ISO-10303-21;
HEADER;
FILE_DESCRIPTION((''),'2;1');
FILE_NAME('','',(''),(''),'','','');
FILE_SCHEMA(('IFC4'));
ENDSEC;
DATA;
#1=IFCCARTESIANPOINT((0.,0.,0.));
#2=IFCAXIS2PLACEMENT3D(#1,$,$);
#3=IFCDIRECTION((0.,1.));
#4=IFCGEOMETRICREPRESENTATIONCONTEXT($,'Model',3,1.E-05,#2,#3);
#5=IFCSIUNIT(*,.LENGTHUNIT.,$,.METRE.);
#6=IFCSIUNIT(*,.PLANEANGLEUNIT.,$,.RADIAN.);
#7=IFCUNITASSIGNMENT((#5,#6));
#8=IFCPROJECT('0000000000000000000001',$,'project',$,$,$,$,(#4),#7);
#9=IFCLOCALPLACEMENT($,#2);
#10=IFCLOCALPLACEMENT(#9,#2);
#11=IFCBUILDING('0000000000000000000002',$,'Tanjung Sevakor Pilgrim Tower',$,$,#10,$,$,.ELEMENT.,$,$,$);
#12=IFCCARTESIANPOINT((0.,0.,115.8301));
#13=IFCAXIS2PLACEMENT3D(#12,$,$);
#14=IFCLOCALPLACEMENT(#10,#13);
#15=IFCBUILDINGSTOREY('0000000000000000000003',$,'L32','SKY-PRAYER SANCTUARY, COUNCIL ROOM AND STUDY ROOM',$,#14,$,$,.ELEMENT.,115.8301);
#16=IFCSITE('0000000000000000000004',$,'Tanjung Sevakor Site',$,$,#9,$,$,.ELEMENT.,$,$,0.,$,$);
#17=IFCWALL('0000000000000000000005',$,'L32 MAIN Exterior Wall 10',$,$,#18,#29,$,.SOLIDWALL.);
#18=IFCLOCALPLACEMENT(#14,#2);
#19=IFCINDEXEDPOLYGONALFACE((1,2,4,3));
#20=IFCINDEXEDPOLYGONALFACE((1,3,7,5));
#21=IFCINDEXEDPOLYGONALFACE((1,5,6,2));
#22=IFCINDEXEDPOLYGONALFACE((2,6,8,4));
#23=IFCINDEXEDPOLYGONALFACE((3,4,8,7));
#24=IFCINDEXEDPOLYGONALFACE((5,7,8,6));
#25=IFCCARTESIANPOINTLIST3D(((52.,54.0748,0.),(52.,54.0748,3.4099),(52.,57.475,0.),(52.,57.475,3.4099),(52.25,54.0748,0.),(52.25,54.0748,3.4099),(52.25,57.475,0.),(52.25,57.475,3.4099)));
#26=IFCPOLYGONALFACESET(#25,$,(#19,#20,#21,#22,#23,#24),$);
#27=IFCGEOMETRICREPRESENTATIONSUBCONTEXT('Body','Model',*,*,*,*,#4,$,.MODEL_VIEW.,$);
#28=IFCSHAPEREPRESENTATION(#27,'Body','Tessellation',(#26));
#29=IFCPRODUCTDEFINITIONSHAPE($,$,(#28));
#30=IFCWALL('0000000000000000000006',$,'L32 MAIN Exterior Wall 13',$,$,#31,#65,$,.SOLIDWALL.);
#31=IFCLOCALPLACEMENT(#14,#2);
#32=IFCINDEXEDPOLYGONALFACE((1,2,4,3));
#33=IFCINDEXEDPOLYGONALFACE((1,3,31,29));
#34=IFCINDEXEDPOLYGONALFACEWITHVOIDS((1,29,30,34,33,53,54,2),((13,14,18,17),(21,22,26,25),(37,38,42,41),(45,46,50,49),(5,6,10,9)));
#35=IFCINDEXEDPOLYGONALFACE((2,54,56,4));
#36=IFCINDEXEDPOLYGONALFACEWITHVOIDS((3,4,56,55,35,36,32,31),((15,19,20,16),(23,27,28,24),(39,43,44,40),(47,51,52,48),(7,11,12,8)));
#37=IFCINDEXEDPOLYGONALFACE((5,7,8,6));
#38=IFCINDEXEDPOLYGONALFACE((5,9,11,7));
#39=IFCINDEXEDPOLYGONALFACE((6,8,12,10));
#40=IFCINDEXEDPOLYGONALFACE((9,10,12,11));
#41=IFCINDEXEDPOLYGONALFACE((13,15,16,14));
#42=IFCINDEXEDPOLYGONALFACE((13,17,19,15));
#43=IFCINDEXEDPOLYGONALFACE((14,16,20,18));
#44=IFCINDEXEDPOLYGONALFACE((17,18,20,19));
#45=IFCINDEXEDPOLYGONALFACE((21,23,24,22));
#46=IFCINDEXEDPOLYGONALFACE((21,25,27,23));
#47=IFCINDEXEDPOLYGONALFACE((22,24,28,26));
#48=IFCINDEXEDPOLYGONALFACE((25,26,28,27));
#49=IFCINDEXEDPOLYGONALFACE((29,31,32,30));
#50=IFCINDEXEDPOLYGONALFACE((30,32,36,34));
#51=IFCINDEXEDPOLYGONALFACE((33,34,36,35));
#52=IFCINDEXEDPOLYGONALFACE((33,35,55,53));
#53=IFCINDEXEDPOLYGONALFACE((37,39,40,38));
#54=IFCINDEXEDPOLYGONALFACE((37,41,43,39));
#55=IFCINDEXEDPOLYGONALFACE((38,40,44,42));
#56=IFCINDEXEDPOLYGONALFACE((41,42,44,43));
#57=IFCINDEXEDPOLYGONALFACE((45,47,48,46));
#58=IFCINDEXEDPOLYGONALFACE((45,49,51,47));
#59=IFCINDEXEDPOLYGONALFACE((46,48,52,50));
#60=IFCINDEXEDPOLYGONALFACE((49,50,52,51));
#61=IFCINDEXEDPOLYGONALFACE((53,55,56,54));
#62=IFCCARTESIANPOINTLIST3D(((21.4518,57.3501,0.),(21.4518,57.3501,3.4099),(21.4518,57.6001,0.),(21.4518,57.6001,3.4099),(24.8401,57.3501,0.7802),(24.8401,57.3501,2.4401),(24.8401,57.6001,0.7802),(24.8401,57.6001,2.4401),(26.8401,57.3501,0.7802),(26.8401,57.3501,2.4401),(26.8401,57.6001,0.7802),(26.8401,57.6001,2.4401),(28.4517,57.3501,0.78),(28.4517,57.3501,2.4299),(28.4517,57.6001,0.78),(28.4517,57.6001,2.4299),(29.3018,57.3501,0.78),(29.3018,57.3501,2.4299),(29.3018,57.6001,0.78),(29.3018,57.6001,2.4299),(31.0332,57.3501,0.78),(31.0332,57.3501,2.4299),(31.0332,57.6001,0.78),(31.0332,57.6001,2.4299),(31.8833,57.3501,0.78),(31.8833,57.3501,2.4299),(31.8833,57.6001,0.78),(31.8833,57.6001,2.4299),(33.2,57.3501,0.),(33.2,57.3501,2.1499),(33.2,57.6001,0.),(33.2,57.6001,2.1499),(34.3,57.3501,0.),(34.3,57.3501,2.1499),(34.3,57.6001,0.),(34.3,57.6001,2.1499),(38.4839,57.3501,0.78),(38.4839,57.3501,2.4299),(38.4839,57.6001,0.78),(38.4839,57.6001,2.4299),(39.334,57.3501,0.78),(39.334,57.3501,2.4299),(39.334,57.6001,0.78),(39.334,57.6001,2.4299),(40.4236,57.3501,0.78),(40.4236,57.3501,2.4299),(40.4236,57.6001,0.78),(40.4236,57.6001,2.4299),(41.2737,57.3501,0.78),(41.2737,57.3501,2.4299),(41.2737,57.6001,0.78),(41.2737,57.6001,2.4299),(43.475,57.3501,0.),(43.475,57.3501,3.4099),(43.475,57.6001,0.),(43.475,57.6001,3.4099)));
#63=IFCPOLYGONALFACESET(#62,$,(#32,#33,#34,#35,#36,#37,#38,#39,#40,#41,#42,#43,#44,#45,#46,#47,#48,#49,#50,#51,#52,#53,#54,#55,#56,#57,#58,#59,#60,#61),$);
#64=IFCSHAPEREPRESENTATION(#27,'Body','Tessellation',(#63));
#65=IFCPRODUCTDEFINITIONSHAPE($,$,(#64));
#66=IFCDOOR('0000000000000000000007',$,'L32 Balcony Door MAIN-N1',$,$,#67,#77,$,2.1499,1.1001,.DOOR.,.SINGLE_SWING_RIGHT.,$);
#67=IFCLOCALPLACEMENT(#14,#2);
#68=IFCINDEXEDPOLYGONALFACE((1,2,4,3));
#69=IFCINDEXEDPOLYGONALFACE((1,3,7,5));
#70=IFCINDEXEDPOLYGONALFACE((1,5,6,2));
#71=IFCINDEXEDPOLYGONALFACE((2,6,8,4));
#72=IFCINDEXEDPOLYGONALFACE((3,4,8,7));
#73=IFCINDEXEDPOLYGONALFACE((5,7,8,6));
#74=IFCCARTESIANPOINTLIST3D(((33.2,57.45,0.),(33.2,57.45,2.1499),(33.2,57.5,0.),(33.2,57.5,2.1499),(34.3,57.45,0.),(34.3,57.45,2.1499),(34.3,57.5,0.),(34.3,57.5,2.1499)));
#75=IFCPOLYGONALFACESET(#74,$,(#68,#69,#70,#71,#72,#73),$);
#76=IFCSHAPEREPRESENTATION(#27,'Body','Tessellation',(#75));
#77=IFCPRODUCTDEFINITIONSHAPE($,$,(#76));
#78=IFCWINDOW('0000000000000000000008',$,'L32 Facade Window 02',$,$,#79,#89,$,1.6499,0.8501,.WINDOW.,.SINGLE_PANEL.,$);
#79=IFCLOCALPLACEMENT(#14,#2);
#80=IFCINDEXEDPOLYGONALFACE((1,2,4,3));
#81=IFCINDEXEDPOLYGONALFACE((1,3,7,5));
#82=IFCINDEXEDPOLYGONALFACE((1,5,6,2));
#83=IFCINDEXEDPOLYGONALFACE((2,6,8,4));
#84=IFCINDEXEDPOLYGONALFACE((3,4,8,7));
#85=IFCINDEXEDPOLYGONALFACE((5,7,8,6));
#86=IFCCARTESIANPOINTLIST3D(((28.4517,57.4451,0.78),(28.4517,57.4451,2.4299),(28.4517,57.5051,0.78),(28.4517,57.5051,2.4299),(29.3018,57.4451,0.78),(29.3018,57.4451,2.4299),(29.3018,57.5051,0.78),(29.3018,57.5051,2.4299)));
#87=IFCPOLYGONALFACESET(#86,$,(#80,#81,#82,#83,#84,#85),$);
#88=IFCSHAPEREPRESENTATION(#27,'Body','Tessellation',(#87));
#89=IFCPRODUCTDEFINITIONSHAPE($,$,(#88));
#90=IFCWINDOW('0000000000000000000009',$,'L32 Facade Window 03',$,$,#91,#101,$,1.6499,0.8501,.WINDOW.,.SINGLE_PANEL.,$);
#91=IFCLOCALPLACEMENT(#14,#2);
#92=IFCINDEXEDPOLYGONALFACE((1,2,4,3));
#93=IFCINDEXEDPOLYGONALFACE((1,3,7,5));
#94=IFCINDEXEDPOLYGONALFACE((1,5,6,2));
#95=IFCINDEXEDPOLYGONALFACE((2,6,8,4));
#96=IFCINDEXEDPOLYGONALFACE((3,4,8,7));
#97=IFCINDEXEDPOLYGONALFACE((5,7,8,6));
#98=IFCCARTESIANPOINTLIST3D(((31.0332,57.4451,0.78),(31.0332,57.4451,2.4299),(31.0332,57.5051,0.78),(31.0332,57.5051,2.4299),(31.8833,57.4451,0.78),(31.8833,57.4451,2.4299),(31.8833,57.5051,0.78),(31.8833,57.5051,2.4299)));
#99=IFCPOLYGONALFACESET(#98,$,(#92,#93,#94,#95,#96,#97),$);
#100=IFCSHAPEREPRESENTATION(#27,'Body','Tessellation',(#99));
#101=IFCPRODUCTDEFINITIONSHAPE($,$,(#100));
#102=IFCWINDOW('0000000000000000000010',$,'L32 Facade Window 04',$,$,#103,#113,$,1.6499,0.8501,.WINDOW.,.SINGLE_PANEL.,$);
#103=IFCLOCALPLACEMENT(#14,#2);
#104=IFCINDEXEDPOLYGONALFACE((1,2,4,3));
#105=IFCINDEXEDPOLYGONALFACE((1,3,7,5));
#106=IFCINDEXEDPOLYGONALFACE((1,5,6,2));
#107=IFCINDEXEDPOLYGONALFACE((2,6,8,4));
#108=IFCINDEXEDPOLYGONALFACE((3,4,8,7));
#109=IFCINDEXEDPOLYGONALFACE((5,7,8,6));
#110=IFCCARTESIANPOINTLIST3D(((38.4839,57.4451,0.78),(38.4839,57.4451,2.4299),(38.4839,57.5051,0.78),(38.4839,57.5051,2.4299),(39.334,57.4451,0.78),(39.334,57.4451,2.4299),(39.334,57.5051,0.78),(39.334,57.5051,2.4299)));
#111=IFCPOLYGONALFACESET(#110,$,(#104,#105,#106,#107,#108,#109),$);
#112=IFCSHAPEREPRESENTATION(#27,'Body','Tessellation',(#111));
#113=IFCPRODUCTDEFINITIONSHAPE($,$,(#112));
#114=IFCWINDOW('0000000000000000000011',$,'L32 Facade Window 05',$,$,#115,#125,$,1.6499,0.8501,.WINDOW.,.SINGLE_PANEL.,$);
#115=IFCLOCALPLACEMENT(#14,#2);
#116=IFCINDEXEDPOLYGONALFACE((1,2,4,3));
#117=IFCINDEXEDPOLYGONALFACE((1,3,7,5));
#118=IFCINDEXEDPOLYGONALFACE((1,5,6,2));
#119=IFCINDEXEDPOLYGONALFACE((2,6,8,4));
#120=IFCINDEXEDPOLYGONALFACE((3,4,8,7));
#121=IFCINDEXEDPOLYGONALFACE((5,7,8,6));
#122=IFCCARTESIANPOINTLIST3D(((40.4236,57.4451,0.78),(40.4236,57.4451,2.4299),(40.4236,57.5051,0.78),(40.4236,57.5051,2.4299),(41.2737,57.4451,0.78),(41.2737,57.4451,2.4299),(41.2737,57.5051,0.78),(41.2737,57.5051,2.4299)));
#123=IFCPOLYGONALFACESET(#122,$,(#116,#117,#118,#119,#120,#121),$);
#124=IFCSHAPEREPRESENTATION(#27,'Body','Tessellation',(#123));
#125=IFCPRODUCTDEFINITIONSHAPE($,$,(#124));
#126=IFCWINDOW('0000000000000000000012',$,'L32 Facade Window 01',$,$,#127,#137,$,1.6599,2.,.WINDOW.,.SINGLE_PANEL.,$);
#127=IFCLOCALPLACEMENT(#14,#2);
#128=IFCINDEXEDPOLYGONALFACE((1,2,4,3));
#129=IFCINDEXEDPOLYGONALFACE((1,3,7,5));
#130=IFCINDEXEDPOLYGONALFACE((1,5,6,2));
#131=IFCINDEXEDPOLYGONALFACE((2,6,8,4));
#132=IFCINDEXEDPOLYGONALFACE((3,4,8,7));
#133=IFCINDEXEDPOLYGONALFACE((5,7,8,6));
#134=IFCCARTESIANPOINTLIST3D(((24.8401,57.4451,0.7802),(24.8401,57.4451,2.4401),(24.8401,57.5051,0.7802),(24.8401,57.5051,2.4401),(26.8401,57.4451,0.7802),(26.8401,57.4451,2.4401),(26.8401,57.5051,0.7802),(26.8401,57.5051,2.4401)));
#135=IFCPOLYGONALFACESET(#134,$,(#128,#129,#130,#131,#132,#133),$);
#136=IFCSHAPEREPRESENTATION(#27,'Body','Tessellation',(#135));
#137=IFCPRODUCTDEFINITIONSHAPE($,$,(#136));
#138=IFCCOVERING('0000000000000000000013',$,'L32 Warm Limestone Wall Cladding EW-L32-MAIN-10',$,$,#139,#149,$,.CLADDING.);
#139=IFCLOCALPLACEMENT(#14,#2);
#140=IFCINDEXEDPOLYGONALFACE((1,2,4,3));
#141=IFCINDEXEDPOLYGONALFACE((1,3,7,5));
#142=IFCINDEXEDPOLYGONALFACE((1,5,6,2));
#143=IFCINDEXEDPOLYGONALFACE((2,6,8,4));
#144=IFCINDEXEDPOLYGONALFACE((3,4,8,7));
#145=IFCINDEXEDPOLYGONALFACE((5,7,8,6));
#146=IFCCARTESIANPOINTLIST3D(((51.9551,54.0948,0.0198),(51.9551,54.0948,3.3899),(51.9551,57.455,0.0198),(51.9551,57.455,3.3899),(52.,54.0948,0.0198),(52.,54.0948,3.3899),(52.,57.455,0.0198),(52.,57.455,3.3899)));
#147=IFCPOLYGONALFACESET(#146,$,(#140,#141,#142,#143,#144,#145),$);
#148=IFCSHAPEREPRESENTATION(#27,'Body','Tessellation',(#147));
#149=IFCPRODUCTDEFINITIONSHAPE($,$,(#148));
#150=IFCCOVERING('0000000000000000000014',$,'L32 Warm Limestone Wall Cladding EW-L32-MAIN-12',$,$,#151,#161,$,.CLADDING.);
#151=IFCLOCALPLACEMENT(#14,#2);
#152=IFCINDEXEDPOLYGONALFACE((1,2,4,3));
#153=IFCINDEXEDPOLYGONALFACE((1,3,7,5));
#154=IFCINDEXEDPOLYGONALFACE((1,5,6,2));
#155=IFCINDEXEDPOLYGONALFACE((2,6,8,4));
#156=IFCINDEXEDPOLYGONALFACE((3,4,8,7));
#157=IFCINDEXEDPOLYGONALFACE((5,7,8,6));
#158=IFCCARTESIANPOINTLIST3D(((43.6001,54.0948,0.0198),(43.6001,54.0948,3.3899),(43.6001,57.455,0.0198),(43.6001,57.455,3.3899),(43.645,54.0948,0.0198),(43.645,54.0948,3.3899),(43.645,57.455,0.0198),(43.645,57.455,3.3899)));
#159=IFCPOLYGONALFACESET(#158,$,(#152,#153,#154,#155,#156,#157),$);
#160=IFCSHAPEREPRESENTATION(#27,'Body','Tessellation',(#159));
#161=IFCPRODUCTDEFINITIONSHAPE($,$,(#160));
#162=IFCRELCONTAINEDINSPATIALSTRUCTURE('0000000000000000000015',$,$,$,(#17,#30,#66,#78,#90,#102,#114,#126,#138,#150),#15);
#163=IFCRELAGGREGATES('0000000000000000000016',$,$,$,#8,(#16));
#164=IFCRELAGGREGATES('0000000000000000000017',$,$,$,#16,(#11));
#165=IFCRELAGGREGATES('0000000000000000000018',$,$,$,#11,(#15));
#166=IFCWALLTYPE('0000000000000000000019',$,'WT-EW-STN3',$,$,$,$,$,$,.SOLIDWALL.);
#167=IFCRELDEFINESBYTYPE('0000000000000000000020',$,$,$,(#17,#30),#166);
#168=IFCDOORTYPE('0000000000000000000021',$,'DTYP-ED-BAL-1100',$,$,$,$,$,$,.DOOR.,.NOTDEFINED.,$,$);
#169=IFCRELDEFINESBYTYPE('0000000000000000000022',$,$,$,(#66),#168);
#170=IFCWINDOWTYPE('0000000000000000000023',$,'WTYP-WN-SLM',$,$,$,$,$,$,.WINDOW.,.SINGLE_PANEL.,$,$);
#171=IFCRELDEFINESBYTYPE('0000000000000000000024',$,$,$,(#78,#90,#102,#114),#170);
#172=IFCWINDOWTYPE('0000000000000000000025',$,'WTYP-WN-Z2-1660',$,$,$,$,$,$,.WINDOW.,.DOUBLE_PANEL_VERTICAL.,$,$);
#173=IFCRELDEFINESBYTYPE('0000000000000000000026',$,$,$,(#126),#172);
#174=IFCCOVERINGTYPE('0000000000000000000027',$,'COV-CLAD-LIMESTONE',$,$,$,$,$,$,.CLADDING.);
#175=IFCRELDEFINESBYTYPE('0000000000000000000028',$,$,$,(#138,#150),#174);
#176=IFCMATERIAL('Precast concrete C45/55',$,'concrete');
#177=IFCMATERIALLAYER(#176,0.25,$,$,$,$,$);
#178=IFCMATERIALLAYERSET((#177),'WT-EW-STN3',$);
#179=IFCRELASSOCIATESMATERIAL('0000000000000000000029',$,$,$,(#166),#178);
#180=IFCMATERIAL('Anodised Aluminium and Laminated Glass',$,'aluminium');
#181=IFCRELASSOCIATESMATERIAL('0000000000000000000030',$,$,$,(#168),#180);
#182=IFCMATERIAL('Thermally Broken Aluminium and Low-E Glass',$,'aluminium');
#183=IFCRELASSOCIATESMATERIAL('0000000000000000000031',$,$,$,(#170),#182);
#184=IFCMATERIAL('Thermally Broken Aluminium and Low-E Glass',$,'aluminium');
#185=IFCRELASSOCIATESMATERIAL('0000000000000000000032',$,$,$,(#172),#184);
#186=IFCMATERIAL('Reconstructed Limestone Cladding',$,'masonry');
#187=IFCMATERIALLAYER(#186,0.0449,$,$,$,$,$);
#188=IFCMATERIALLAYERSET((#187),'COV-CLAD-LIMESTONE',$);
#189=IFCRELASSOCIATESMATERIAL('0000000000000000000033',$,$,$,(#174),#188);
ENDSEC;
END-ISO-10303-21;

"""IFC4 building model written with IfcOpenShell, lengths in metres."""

from ifc_helpers import new_model, si_unit, direction, frame, frame_2d, origin, origin_2d, place, context, subcontext, project, spatial, rectangle, extrude, material, layer, layer_set, type_object, element, fill, save


model = new_model("IFC4")

# Units and contexts
model_context = context("Model", 3, precision=1e-05, world=origin(), true_north=direction((0.0, 1.0)))
body_context = subcontext(model_context, "Body", "Model", "MODEL_VIEW")
ifc_project = project(units=[si_unit("LENGTHUNIT", "METRE"), si_unit("PLANEANGLEUNIT", "RADIAN")], contexts=[model_context])

# Site, building, storey
site_placement = place(None, origin())
site = spatial("IfcSite", under=ifc_project, at=site_placement, Name="Tanjung Sevakor Site", CompositionType="ELEMENT", RefElevation=0.0)
building_placement = place(site_placement, origin())
building = spatial("IfcBuilding", under=site, at=building_placement, Name="Tanjung Sevakor Pilgrim Tower", CompositionType="ELEMENT")
storey_placement = place(building_placement, frame((0.0, 0.0, 115.8301)))
storey = spatial("IfcBuildingStorey", under=building, at=storey_placement, Name="L32", Description="SKY-PRAYER SANCTUARY, COUNCIL ROOM AND STUDY ROOM", CompositionType="ELEMENT", Elevation=115.8301)

# Wall
ifc_material_1 = material(Name="Precast concrete C45/55", Category="concrete")
ifc_layer_1 = layer(ifc_material_1, 0.25)
ifc_layer_set_1 = layer_set([ifc_layer_1], Name="WT-EW-STN3")
wall_type_1 = type_object("IfcWallType", Name="WT-EW-STN3", PredefinedType="SOLIDWALL", material=ifc_layer_set_1)
wall_1_placement = place(storey_placement, frame((52.125, 57.4751, 0.0), z_axis=(0.0, 0.0, 1.0), x_axis=(0.0, -1.0, 0.0)))
element("IfcWall", 1, at=wall_1_placement, inside=storey, type_object=wall_type_1, Name="L32 MAIN Exterior Wall 10", PredefinedType="SOLIDWALL", context=body_context, shape_type="SweptSolid", body=[
    extrude(rectangle(XDim=3.4001, YDim=0.25, at=frame_2d((1.7002, 0.0))), origin(), (0.0, 0.0, 1.0), 3.4099),
])

# Wall, openings, door, windows
wall_2_placement = place(storey_placement, frame((43.4751, 57.4751, 0.0), z_axis=(0.0, 0.0, 1.0), x_axis=(-1.0, 0.0, 0.0)))
wall_2 = element("IfcWall", 2, at=wall_2_placement, inside=storey, type_object=wall_type_1, Name="L32 MAIN Exterior Wall 13", PredefinedType="SOLIDWALL", context=body_context, shape_type="SweptSolid", body=[
    extrude(rectangle(XDim=22.0232, YDim=0.25, at=frame_2d((11.0117, 0.0))), origin(), (0.0, 0.0, 1.0), 3.4099),
])
opening_1_placement = place(wall_2_placement, frame((9.175, 0.0, 0.0)))
opening_1 = element("IfcOpeningElement", 3, at=opening_1_placement, cuts=wall_2, PredefinedType="OPENING", context=body_context, shape_type="SweptSolid", body=[
    extrude(rectangle(XDim=1.1001, YDim=2.1499, at=frame_2d((0.55, 1.075))), frame((0.0, 0.135, 0.0), z_axis=(0.0, -1.0, 0.0), x_axis=(1.0, 0.0, 0.0)), (0.0, 0.0, 1.0), 0.27),
])
opening_2_placement = place(wall_2_placement, frame((16.635, 0.0, 0.78)))
opening_2 = element("IfcOpeningElement", 4, at=opening_2_placement, cuts=wall_2, PredefinedType="OPENING", context=body_context, shape_type="SweptSolid", body=[
    extrude(rectangle(XDim=2.0, YDim=1.6599, at=frame_2d((1.0, 0.8301))), frame((0.0, 0.135, 0.0), z_axis=(0.0, -1.0, 0.0), x_axis=(1.0, 0.0, 0.0)), (0.0, 0.0, 1.0), 0.27),
])
opening_3_placement = place(wall_2_placement, frame((14.1733, 0.0, 0.78)))
opening_3 = element("IfcOpeningElement", 5, at=opening_3_placement, cuts=wall_2, PredefinedType="OPENING", context=body_context, shape_type="SweptSolid", body=[
    extrude(rectangle(XDim=0.8501, YDim=1.6499, at=frame_2d((0.425, 0.825))), frame((0.0, 0.135, 0.0), z_axis=(0.0, -1.0, 0.0), x_axis=(1.0, 0.0, 0.0)), (0.0, 0.0, 1.0), 0.27),
])
opening_4_placement = place(wall_2_placement, frame((11.5918, 0.0, 0.78)))
opening_4 = element("IfcOpeningElement", 6, at=opening_4_placement, cuts=wall_2, PredefinedType="OPENING", context=body_context, shape_type="SweptSolid", body=[
    extrude(rectangle(XDim=0.8501, YDim=1.6499, at=frame_2d((0.425, 0.825))), frame((0.0, 0.135, 0.0), z_axis=(0.0, -1.0, 0.0), x_axis=(1.0, 0.0, 0.0)), (0.0, 0.0, 1.0), 0.27),
])
opening_5_placement = place(wall_2_placement, frame((4.1411, 0.0, 0.78)))
opening_5 = element("IfcOpeningElement", 7, at=opening_5_placement, cuts=wall_2, PredefinedType="OPENING", context=body_context, shape_type="SweptSolid", body=[
    extrude(rectangle(XDim=0.8501, YDim=1.6499, at=frame_2d((0.425, 0.825))), frame((0.0, 0.135, 0.0), z_axis=(0.0, -1.0, 0.0), x_axis=(1.0, 0.0, 0.0)), (0.0, 0.0, 1.0), 0.27),
])
opening_6_placement = place(wall_2_placement, frame((2.2014, 0.0, 0.78)))
opening_6 = element("IfcOpeningElement", 8, at=opening_6_placement, cuts=wall_2, PredefinedType="OPENING", context=body_context, shape_type="SweptSolid", body=[
    extrude(rectangle(XDim=0.8501, YDim=1.6499, at=frame_2d((0.425, 0.825))), frame((0.0, 0.135, 0.0), z_axis=(0.0, -1.0, 0.0), x_axis=(1.0, 0.0, 0.0)), (0.0, 0.0, 1.0), 0.27),
])
ifc_material_2 = material(Name="Anodised Aluminium and Laminated Glass", Category="aluminium")
door_type_1 = type_object("IfcDoorType", Name="DTYP-ED-BAL-1100", OperationType="NOTDEFINED", PredefinedType="DOOR", material=ifc_material_2)
door_1_placement = place(opening_1_placement, frame((1.1001, 0.0, 0.0), z_axis=(0.0, 0.0, 1.0), x_axis=(-1.0, 0.0, 0.0)))
door_1 = element("IfcDoor", 9, at=door_1_placement, inside=storey, type_object=door_type_1, Name="L32 Balcony Door MAIN-N1", OperationType="SINGLE_SWING_RIGHT", OverallHeight=2.1499, OverallWidth=1.1001, PredefinedType="DOOR", context=body_context, shape_type="SweptSolid", body=[
    extrude(rectangle(XDim=1.1001, YDim=2.1499, at=frame_2d((0.55, 1.075))), frame((0.0, 0.0249, 0.0), z_axis=(0.0, -1.0, 0.0), x_axis=(1.0, 0.0, 0.0)), (0.0, 0.0, 1.0), 0.05),
])
fill(opening_1, door_1)
ifc_material_3 = material(Name="Thermally Broken Aluminium and Low-E Glass", Category="aluminium")
window_type_1 = type_object("IfcWindowType", Name="WTYP-WN-SLM", PartitioningType="SINGLE_PANEL", PredefinedType="WINDOW", material=ifc_material_3)
window_1_placement = place(opening_3_placement, origin())
window_1 = element("IfcWindow", 10, at=window_1_placement, inside=storey, type_object=window_type_1, Name="L32 Facade Window 02", OverallHeight=1.6499, OverallWidth=0.8501, PartitioningType="SINGLE_PANEL", PredefinedType="WINDOW", context=body_context, shape_type="SweptSolid", body=[
    extrude(rectangle(XDim=0.8501, YDim=1.6499, at=frame_2d((0.425, 0.825))), frame((0.0, 0.03, 0.0), z_axis=(0.0, -1.0, 0.0), x_axis=(1.0, 0.0, 0.0)), (0.0, 0.0, 1.0), 0.0601),
])
fill(opening_3, window_1)
window_2_placement = place(opening_4_placement, origin())
window_2 = element("IfcWindow", 11, at=window_2_placement, inside=storey, type_object=window_type_1, Name="L32 Facade Window 03", OverallHeight=1.6499, OverallWidth=0.8501, PartitioningType="SINGLE_PANEL", PredefinedType="WINDOW", context=body_context, shape_type="SweptSolid", body=[
    extrude(rectangle(XDim=0.8501, YDim=1.6499, at=frame_2d((0.425, 0.825))), frame((0.0, 0.03, 0.0), z_axis=(0.0, -1.0, 0.0), x_axis=(1.0, 0.0, 0.0)), (0.0, 0.0, 1.0), 0.0601),
])
fill(opening_4, window_2)
window_3_placement = place(opening_5_placement, origin())
window_3 = element("IfcWindow", 12, at=window_3_placement, inside=storey, type_object=window_type_1, Name="L32 Facade Window 04", OverallHeight=1.6499, OverallWidth=0.8501, PartitioningType="SINGLE_PANEL", PredefinedType="WINDOW", context=body_context, shape_type="SweptSolid", body=[
    extrude(rectangle(XDim=0.8501, YDim=1.6499, at=frame_2d((0.425, 0.825))), frame((0.0, 0.03, 0.0), z_axis=(0.0, -1.0, 0.0), x_axis=(1.0, 0.0, 0.0)), (0.0, 0.0, 1.0), 0.0601),
])
fill(opening_5, window_3)
window_4_placement = place(opening_6_placement, origin())
window_4 = element("IfcWindow", 13, at=window_4_placement, inside=storey, type_object=window_type_1, Name="L32 Facade Window 05", OverallHeight=1.6499, OverallWidth=0.8501, PartitioningType="SINGLE_PANEL", PredefinedType="WINDOW", context=body_context, shape_type="SweptSolid", body=[
    extrude(rectangle(XDim=0.8501, YDim=1.6499, at=frame_2d((0.425, 0.825))), frame((0.0, 0.03, 0.0), z_axis=(0.0, -1.0, 0.0), x_axis=(1.0, 0.0, 0.0)), (0.0, 0.0, 1.0), 0.0601),
])
fill(opening_6, window_4)
ifc_material_4 = material(Name="Thermally Broken Aluminium and Low-E Glass", Category="aluminium")
window_type_2 = type_object("IfcWindowType", Name="WTYP-WN-Z2-1660", PartitioningType="DOUBLE_PANEL_VERTICAL", PredefinedType="WINDOW", material=ifc_material_4)
window_5_placement = place(opening_2_placement, origin())
window_5 = element("IfcWindow", 14, at=window_5_placement, inside=storey, type_object=window_type_2, Name="L32 Facade Window 01", OverallHeight=1.6599, OverallWidth=2.0, PartitioningType="SINGLE_PANEL", PredefinedType="WINDOW", context=body_context, shape_type="SweptSolid", body=[
    extrude(rectangle(XDim=2.0, YDim=1.6599, at=frame_2d((1.0, 0.8301))), frame((0.0, 0.03, 0.0), z_axis=(0.0, -1.0, 0.0), x_axis=(1.0, 0.0, 0.0)), (0.0, 0.0, 1.0), 0.0601),
])
fill(opening_2, window_5)

# Coverings
ifc_material_5 = material(Name="Reconstructed Limestone Cladding", Category="masonry")
ifc_layer_2 = layer(ifc_material_5, 0.0449)
ifc_layer_set_2 = layer_set([ifc_layer_2], Name="COV-CLAD-LIMESTONE")
covering_type = type_object("IfcCoveringType", Name="COV-CLAD-LIMESTONE", PredefinedType="CLADDING", material=ifc_layer_set_2)
for number, where, z_axis, x_axis, name in (
    (15, (51.9775, 55.7749, 0.0198), (0.0, 0.0, 1.0), (0.0, -1.0, 0.0), "L32 Warm Limestone Wall Cladding EW-L32-MAIN-10"),
    (16, (43.6226, 55.7749, 0.0198), (0.0, 0.0, 1.0), (0.0, 1.0, 0.0), "L32 Warm Limestone Wall Cladding EW-L32-MAIN-12"),
):
    element("IfcCovering", number, at=place(storey_placement, frame(where, z_axis=z_axis, x_axis=x_axis)), inside=storey, type_object=covering_type, Name=name, PredefinedType="CLADDING", context=body_context, shape_type="SweptSolid", body=[
        extrude(rectangle(XDim=3.3601, YDim=0.0449, at=origin_2d()), origin(), (0.0, 0.0, 1.0), 3.3701),
    ])

save(model, "model.ifc")
